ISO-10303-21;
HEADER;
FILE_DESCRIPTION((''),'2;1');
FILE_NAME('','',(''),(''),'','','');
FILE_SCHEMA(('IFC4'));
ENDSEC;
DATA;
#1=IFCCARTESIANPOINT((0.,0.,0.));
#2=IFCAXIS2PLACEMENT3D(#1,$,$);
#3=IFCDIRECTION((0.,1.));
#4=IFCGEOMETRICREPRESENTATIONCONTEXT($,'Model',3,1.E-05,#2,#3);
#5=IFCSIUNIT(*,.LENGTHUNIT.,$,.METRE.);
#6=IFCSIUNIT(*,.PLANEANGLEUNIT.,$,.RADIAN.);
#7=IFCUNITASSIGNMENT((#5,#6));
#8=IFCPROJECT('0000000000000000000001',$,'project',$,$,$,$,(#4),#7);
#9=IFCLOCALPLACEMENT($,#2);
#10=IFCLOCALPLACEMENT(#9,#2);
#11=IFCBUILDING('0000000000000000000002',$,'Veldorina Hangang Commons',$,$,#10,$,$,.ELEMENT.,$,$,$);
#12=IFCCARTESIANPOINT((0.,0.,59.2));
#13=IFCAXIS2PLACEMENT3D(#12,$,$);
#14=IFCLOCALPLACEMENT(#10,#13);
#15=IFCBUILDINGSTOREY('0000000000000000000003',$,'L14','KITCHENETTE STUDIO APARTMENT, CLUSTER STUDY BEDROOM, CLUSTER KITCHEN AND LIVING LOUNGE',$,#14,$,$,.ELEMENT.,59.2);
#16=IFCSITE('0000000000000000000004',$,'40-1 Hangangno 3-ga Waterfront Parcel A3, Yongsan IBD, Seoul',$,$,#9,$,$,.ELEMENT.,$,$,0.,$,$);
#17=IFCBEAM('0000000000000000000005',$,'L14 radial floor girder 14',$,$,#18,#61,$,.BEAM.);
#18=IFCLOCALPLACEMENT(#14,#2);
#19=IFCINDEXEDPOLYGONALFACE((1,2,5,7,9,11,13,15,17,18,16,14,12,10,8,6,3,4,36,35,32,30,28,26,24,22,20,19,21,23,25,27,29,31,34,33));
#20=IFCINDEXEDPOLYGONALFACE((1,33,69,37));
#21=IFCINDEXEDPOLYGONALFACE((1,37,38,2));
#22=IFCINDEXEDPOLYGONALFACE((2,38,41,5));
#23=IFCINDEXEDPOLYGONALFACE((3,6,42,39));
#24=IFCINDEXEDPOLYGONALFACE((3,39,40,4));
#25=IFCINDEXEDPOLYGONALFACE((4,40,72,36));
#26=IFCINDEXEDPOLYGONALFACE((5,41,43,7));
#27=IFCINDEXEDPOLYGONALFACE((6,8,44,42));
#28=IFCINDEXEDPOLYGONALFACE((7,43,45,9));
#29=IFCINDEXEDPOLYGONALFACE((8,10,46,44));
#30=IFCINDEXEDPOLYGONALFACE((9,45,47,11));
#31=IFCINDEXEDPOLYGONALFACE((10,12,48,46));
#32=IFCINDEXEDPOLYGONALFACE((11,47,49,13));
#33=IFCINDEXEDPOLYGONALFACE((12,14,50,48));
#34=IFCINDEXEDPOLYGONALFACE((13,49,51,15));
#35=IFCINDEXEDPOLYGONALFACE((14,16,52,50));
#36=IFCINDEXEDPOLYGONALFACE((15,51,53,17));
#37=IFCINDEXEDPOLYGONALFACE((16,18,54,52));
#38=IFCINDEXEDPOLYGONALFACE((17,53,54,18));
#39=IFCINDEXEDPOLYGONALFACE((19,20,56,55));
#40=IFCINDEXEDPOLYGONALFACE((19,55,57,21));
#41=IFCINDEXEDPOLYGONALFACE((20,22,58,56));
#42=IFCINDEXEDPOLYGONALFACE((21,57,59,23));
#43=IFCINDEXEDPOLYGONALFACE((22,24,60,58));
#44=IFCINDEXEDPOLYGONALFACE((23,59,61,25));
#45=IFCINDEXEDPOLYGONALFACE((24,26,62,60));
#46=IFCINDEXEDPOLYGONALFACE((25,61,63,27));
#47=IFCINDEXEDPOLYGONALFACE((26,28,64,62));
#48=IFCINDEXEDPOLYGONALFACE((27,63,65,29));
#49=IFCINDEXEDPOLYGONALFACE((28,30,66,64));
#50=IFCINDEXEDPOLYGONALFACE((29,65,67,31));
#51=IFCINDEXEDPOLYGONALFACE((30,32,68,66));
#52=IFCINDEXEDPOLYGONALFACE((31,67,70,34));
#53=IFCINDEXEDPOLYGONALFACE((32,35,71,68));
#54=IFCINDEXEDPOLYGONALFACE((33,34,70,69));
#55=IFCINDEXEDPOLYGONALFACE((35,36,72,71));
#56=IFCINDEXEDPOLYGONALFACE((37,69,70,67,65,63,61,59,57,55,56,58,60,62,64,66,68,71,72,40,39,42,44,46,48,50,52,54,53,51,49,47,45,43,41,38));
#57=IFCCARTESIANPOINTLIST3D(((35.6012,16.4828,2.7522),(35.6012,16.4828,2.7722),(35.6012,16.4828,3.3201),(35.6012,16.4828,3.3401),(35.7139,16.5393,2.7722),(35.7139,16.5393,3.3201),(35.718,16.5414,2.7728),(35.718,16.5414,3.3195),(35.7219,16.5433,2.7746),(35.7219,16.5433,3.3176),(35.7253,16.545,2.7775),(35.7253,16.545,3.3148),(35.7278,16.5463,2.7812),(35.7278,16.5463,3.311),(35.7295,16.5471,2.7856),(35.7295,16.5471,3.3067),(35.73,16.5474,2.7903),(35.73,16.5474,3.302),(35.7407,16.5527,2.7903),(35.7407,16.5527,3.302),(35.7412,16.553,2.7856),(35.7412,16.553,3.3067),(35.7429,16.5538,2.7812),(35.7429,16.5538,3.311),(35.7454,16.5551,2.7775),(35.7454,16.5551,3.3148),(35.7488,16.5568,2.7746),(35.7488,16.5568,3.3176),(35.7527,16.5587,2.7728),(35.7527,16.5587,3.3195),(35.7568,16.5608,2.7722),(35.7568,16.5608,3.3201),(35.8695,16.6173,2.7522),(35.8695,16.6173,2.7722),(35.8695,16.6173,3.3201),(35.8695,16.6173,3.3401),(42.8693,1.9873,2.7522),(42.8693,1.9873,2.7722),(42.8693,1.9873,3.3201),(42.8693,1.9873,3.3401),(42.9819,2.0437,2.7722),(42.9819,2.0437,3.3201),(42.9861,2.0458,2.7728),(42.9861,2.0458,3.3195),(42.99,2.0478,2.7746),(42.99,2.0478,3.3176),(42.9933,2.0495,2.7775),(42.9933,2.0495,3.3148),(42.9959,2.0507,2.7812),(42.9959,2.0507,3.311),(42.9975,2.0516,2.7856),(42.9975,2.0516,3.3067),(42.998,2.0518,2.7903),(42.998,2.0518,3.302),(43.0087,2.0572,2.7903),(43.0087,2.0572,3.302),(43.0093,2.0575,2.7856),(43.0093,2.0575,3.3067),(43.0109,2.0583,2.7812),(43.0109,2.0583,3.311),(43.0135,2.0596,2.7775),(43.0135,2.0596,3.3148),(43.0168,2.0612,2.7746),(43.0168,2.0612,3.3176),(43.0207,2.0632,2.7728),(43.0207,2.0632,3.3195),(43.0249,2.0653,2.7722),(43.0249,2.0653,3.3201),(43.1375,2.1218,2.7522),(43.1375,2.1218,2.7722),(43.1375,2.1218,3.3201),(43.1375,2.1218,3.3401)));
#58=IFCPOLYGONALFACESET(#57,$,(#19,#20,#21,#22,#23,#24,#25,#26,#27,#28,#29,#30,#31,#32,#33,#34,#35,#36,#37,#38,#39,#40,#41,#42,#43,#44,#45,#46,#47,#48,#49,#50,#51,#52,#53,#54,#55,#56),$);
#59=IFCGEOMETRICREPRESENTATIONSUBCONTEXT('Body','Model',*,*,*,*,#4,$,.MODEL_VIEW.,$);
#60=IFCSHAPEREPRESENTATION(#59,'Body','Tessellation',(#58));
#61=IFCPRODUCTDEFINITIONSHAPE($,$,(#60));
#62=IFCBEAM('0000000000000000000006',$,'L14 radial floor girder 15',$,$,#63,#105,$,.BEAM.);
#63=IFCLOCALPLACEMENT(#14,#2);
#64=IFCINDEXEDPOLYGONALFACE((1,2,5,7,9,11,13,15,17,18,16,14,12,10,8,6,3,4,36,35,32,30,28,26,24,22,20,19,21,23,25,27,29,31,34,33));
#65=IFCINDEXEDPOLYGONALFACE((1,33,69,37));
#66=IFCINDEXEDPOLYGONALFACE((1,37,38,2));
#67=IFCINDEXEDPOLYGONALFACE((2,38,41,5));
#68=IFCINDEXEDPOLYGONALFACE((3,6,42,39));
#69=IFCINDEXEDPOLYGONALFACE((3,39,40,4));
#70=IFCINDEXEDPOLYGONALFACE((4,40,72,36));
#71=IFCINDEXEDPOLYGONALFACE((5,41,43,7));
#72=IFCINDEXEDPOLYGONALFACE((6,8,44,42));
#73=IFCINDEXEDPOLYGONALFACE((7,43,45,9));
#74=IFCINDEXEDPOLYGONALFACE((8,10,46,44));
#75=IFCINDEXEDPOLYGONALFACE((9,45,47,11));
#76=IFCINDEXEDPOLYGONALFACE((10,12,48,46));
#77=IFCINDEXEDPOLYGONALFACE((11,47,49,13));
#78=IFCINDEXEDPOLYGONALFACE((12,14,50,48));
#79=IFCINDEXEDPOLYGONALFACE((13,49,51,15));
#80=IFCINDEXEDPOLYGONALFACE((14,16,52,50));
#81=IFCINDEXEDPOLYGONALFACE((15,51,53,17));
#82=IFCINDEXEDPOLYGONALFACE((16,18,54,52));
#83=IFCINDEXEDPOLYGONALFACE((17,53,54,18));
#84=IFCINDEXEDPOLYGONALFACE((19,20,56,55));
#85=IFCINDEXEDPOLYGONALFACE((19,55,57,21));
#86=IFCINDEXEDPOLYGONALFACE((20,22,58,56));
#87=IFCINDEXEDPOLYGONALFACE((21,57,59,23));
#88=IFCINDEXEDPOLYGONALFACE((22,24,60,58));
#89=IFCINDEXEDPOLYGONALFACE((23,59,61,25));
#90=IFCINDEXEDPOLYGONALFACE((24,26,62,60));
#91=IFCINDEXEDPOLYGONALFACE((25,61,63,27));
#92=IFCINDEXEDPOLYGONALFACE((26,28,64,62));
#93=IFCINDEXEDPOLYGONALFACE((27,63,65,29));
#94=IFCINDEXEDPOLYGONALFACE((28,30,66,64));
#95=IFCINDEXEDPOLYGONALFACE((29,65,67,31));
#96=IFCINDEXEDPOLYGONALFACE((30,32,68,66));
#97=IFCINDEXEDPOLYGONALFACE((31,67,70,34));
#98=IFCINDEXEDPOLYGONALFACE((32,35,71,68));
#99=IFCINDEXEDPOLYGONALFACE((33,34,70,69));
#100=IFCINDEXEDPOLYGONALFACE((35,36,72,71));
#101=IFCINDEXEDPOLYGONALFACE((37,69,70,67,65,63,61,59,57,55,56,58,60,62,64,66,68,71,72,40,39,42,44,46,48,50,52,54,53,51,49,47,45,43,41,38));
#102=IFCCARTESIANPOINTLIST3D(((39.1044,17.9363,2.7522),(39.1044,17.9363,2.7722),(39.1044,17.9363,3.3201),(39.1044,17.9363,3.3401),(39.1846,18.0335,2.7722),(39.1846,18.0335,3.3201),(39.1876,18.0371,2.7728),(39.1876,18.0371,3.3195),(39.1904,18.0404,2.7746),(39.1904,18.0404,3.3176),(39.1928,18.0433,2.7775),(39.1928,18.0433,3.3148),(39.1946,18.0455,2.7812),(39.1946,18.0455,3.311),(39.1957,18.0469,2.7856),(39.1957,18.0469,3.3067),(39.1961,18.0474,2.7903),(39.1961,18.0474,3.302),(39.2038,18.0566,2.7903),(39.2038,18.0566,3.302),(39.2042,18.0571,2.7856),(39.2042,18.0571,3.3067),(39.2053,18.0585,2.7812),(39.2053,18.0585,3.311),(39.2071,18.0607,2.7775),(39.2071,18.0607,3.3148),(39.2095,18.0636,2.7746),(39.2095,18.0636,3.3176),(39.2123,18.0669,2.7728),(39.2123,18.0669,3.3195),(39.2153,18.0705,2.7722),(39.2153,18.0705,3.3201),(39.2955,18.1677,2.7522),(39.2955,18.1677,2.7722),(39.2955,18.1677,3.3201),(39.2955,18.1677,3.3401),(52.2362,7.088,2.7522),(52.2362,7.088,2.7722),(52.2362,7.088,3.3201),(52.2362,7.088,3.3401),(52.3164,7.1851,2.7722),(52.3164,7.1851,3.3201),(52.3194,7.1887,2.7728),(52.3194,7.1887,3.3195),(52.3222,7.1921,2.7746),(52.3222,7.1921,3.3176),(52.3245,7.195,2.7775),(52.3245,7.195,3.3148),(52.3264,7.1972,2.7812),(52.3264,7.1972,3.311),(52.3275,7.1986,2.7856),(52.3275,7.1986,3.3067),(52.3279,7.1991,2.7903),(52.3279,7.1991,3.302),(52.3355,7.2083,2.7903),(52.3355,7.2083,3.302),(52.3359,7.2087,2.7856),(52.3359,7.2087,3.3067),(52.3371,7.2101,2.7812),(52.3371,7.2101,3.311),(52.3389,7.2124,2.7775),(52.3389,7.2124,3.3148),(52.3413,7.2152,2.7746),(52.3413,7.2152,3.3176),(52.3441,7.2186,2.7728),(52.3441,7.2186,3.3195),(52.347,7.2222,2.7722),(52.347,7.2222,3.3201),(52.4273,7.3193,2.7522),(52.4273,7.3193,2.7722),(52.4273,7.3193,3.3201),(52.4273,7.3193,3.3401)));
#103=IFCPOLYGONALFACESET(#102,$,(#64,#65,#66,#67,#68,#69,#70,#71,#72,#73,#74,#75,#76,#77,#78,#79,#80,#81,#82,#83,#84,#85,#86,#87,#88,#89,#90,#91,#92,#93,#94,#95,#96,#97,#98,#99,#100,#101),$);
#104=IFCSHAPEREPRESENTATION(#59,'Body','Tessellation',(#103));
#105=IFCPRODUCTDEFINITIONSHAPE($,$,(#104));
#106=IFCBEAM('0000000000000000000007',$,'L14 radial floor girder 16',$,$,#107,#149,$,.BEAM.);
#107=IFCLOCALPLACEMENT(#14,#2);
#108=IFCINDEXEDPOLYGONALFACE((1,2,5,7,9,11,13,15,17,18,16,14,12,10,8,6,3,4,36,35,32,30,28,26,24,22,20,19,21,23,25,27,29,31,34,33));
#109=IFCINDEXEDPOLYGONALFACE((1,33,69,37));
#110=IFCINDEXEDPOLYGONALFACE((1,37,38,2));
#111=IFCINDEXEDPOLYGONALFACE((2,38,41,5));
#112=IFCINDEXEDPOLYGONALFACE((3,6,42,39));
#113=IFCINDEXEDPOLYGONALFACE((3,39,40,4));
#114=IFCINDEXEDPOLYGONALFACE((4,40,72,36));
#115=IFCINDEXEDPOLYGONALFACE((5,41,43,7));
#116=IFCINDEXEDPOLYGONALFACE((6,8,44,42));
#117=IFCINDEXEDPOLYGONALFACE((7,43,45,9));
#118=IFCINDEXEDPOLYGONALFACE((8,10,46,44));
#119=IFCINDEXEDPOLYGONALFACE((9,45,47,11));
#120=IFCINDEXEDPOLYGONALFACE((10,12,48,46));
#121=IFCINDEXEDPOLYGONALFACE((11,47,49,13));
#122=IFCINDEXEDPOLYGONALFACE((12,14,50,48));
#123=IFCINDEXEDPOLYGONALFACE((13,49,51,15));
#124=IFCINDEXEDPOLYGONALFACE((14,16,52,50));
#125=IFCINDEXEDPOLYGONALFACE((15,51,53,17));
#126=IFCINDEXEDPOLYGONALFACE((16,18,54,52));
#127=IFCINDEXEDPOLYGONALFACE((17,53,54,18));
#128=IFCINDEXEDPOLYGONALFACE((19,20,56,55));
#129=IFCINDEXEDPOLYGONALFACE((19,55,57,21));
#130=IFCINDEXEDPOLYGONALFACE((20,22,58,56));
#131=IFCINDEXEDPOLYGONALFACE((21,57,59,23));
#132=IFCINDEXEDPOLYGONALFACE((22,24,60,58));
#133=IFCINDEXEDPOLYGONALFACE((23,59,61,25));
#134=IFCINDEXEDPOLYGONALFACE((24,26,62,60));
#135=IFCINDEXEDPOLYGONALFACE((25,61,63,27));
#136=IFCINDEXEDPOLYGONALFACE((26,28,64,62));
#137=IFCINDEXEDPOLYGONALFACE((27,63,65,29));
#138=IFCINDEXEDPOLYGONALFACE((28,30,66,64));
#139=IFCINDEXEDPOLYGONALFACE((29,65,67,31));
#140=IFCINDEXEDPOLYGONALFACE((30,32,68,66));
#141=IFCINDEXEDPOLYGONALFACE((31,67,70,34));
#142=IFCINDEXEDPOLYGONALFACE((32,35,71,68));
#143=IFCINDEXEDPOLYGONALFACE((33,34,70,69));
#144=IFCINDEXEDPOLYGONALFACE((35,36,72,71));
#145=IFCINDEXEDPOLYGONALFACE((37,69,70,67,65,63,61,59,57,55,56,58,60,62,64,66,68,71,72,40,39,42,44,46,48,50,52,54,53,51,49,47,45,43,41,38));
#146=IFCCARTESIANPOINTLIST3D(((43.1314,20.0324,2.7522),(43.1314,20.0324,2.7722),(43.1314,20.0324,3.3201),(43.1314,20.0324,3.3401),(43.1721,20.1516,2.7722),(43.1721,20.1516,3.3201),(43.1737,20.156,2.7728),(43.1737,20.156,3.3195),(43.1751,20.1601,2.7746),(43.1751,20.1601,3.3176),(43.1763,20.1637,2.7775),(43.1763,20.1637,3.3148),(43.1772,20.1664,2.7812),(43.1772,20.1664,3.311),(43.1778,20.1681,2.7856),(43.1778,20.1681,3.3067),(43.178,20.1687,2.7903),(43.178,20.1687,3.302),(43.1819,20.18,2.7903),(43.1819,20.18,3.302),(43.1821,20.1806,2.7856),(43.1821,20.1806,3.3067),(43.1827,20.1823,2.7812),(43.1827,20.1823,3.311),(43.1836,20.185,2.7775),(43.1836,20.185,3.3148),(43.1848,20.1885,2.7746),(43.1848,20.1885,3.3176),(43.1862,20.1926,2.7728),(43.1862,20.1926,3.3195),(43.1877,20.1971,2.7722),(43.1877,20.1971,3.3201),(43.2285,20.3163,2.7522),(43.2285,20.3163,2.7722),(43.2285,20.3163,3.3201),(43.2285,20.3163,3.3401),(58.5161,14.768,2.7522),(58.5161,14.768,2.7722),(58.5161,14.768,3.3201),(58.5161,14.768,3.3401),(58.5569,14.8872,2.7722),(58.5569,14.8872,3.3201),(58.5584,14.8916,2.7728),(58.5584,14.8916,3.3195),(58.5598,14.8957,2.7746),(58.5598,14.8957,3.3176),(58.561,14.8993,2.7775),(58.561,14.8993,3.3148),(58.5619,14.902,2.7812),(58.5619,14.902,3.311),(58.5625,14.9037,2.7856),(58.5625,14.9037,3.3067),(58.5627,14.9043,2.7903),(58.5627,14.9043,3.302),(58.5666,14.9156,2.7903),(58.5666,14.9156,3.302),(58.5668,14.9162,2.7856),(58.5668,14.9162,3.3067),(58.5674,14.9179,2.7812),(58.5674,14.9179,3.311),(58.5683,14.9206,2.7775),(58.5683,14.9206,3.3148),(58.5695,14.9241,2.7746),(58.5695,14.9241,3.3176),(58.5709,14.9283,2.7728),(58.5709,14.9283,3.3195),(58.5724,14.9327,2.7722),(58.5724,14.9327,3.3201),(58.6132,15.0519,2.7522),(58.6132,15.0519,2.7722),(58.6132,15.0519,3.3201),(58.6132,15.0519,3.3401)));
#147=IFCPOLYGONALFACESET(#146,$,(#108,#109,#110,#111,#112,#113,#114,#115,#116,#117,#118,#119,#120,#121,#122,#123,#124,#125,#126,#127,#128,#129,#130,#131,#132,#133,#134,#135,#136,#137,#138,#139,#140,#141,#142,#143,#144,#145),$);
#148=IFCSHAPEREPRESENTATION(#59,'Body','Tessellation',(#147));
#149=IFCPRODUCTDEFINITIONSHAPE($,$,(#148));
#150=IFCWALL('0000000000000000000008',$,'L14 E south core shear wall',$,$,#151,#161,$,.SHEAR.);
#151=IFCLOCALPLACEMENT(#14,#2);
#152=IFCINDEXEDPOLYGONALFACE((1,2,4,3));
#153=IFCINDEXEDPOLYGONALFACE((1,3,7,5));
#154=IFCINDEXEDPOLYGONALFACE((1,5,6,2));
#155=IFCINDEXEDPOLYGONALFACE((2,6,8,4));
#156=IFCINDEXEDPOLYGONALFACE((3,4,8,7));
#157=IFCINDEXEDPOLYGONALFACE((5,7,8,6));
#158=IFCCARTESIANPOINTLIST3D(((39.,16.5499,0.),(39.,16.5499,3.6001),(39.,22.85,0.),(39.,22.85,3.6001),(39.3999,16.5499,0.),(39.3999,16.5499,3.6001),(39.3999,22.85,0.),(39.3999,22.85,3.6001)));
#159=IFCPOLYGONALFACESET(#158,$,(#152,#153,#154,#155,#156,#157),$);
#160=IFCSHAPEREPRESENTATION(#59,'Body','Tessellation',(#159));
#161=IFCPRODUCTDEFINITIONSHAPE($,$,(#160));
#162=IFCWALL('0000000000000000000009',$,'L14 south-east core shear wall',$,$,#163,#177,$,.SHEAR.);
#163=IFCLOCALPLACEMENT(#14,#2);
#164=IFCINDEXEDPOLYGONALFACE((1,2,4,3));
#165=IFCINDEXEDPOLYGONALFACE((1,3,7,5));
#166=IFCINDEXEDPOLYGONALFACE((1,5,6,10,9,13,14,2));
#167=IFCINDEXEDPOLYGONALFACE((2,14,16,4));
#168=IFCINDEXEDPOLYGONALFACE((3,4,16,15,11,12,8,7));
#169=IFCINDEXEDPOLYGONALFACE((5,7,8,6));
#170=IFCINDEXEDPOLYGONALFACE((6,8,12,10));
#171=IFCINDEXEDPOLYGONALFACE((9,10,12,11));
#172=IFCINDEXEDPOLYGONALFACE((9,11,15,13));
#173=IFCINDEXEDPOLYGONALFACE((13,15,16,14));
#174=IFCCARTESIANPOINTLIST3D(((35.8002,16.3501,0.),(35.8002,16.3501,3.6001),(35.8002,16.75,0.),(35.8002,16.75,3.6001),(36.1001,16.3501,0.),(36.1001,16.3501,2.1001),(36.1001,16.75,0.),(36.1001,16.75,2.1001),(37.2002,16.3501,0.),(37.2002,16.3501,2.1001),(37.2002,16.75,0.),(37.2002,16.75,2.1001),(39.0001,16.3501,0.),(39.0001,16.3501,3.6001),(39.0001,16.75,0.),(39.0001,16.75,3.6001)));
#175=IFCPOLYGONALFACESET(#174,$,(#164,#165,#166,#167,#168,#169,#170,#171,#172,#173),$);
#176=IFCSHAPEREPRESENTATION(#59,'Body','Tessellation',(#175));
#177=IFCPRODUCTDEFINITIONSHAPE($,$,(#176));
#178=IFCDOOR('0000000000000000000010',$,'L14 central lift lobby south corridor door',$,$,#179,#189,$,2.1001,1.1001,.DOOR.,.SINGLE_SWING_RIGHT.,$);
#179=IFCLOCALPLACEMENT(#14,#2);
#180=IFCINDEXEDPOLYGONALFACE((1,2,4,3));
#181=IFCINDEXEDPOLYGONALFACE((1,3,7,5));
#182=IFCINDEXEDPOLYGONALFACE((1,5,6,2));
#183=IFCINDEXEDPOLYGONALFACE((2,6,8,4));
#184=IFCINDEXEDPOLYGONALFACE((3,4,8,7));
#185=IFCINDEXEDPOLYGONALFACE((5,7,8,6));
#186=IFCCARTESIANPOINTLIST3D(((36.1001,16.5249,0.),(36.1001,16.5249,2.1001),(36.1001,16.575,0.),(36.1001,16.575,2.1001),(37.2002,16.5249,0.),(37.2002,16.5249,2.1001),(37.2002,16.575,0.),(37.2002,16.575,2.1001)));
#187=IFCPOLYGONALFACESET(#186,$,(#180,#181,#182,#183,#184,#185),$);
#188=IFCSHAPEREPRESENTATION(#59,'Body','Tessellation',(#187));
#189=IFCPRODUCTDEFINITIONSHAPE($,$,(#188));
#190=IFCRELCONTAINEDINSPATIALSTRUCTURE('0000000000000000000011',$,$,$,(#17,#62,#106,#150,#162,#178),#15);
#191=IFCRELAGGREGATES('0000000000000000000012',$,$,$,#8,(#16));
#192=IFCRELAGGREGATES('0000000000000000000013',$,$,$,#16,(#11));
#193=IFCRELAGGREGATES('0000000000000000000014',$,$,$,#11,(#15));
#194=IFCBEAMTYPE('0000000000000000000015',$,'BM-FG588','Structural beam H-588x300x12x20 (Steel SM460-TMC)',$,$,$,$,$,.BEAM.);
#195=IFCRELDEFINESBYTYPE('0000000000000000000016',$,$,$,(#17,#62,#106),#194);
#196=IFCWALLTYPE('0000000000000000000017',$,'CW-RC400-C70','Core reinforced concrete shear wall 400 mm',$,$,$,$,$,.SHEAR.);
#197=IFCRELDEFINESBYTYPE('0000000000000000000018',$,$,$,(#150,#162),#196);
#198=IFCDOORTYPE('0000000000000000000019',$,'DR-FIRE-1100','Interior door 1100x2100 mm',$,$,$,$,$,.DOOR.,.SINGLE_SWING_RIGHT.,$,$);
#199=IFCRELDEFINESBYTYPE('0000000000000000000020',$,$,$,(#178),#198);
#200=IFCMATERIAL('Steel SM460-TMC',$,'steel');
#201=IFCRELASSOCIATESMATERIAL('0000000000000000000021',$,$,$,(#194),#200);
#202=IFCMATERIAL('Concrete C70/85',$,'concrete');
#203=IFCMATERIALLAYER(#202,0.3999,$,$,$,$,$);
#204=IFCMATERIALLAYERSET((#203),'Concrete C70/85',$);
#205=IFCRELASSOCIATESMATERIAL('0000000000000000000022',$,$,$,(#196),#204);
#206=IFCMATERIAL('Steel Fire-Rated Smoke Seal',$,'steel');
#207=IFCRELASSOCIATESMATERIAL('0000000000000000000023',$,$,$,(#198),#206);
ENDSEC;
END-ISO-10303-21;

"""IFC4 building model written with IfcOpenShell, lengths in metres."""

from ifc_helpers import new_model, si_unit, direction, frame, frame_2d, origin, origin_2d, place, context, subcontext, project, spatial, rectangle, i_section, extrude, material, layer, layer_set, material_profile, profile_set, type_object, element, fill, save


model = new_model("IFC4")

# Units and contexts
model_context = context("Model", 3, precision=1e-05, world=origin(), true_north=direction((0.0, 1.0)))
body_context = subcontext(model_context, "Body", "Model", "MODEL_VIEW")
ifc_project = project(units=[si_unit("LENGTHUNIT", "METRE"), si_unit("PLANEANGLEUNIT", "RADIAN")], contexts=[model_context])

# Site, building, storey
site_placement = place(None, origin())
site = spatial("IfcSite", under=ifc_project, at=site_placement, Name="40-1 Hangangno 3-ga Waterfront Parcel A3, Yongsan IBD, Seoul", CompositionType="ELEMENT", RefElevation=0.0)
building_placement = place(site_placement, origin())
building = spatial("IfcBuilding", under=site, at=building_placement, Name="Veldorina Hangang Commons", CompositionType="ELEMENT")
storey_placement = place(building_placement, frame((0.0, 0.0, 59.2)))
storey = spatial("IfcBuildingStorey", under=building, at=storey_placement, Name="L14", Description="KITCHENETTE STUDIO APARTMENT, CLUSTER STUDY BEDROOM, CLUSTER KITCHEN AND LIVING LOUNGE", CompositionType="ELEMENT", Elevation=59.2)

# Beams
ifc_material_1 = material(Name="Steel SM460-TMC", Category="steel")
ifc_material_profile = material_profile(ifc_material_1, i_section(OverallWidth=0.3, OverallDepth=0.5879, WebThickness=0.012, FlangeThickness=0.02, FilletRadius=0.0181, at=origin_2d()), Name="H-588x300x12x20")
ifc_profile_set = profile_set([ifc_material_profile], Name="Steel SM460-TMC")
beam_type = type_object("IfcBeamType", Name="BM-FG588", Description="Structural beam H-588x300x12x20 (Steel SM460-TMC)", PredefinedType="BEAM", material=ifc_profile_set)
beam_1_placement = place(storey_placement, frame((35.7354, 16.55, 3.0461), z_axis=(0.448213, -0.893927, 0.0), x_axis=(0.893927, 0.448213, 0.0)))
element("IfcBeam", 1, at=beam_1_placement, inside=storey, type_object=beam_type, Name="L14 radial floor girder 14", PredefinedType="BEAM", context=body_context, shape_type="SweptSolid", body=[
    extrude(i_section(OverallWidth=0.3, OverallDepth=0.5879, WebThickness=0.012, FlangeThickness=0.02, FilletRadius=0.0181, at=origin_2d()), origin(), (0.0, 0.0, 1.0), 16.2156),
])
beam_2_placement = place(storey_placement, frame((39.2, 18.052, 3.0461), z_axis=(0.770952, -0.636894, 0.0), x_axis=(0.636894, 0.770952, 0.0)))
element("IfcBeam", 2, at=beam_2_placement, inside=storey, type_object=beam_type, Name="L14 radial floor girder 15", PredefinedType="BEAM", context=body_context, shape_type="SweptSolid", body=[
    extrude(i_section(OverallWidth=0.3, OverallDepth=0.5879, WebThickness=0.012, FlangeThickness=0.02, FilletRadius=0.0181, at=origin_2d()), origin(), (0.0, 0.0, 1.0), 17.0332),
])
beam_3_placement = place(storey_placement, frame((43.1799, 20.1743, 3.0461), z_axis=(0.946141, -0.323753, 0.0), x_axis=(0.323753, 0.946141, 0.0)))
element("IfcBeam", 3, at=beam_3_placement, inside=storey, type_object=beam_type, Name="L14 radial floor girder 16", PredefinedType="BEAM", context=body_context, shape_type="SweptSolid", body=[
    extrude(i_section(OverallWidth=0.3, OverallDepth=0.5879, WebThickness=0.012, FlangeThickness=0.02, FilletRadius=0.0181, at=origin_2d()), origin(), (0.0, 0.0, 1.0), 16.2605),
])

# Wall
ifc_material_2 = material(Name="Concrete C70/85", Category="concrete")
ifc_layer_1 = layer(ifc_material_2, 0.3999)
ifc_layer_set_1 = layer_set([ifc_layer_1], Name="Concrete C70/85")
wall_type_1 = type_object("IfcWallType", Name="CW-RC400-C70", Description="Core reinforced concrete shear wall 400 mm", PredefinedType="SHEAR", material=ifc_layer_set_1)
wall_1_placement = place(storey_placement, frame((39.2, 16.55, 0.0), z_axis=(0.0, 0.0, 1.0), x_axis=(0.0, 1.0, 0.0)))
element("IfcWall", 4, at=wall_1_placement, inside=storey, type_object=wall_type_1, Name="L14 E south core shear wall", PredefinedType="SHEAR", context=body_context, shape_type="SweptSolid", body=[
    extrude(rectangle(XDim=6.3, YDim=0.3999, at=frame_2d((3.1499, 0.0))), origin(), (0.0, 0.0, 1.0), 3.6001),
])

# Wall, opening, door
wall_2_placement = place(storey_placement, frame((35.8, 16.55, 0.0), z_axis=(0.0, 0.0, 1.0), x_axis=(1.0, 0.0, 0.0)))
wall_2 = element("IfcWall", 5, at=wall_2_placement, inside=storey, type_object=wall_type_1, Name="L14 south-east core shear wall", PredefinedType="SHEAR", context=body_context, shape_type="SweptSolid", body=[
    extrude(rectangle(XDim=3.2, YDim=0.3999, at=frame_2d((1.6001, 0.0))), origin(), (0.0, 0.0, 1.0), 3.6001),
])
opening_1_placement = place(wall_2_placement, frame((0.3, 0.0, 0.0)))
opening_1 = element("IfcOpeningElement", 6, at=opening_1_placement, cuts=wall_2, PredefinedType="OPENING", context=body_context, shape_type="SweptSolid", body=[
    extrude(rectangle(XDim=1.1001, YDim=2.1001, at=frame_2d((0.55, 1.05))), frame((0.0, 0.21, 0.0), z_axis=(0.0, -1.0, 0.0), x_axis=(1.0, 0.0, 0.0)), (0.0, 0.0, 1.0), 0.4199),
])
ifc_material_3 = material(Name="Steel Fire-Rated Smoke Seal", Category="steel")
door_type_1 = type_object("IfcDoorType", Name="DR-FIRE-1100", Description="Interior door 1100x2100 mm", OperationType="SINGLE_SWING_RIGHT", PredefinedType="DOOR", material=ifc_material_3)
door_1_placement = place(opening_1_placement, origin())
door_1 = element("IfcDoor", 7, at=door_1_placement, inside=storey, type_object=door_type_1, Name="L14 central lift lobby south corridor door", OperationType="SINGLE_SWING_RIGHT", OverallHeight=2.1001, OverallWidth=1.1001, PredefinedType="DOOR", context=body_context, shape_type="SweptSolid", body=[
    extrude(rectangle(XDim=1.1001, YDim=2.1001, at=frame_2d((0.55, 1.05))), frame((0.0, 0.0249, 0.0), z_axis=(0.0, -1.0, 0.0), x_axis=(1.0, 0.0, 0.0)), (0.0, 0.0, 1.0), 0.05),
])
fill(opening_1, door_1)

save(model, "model.ifc")
